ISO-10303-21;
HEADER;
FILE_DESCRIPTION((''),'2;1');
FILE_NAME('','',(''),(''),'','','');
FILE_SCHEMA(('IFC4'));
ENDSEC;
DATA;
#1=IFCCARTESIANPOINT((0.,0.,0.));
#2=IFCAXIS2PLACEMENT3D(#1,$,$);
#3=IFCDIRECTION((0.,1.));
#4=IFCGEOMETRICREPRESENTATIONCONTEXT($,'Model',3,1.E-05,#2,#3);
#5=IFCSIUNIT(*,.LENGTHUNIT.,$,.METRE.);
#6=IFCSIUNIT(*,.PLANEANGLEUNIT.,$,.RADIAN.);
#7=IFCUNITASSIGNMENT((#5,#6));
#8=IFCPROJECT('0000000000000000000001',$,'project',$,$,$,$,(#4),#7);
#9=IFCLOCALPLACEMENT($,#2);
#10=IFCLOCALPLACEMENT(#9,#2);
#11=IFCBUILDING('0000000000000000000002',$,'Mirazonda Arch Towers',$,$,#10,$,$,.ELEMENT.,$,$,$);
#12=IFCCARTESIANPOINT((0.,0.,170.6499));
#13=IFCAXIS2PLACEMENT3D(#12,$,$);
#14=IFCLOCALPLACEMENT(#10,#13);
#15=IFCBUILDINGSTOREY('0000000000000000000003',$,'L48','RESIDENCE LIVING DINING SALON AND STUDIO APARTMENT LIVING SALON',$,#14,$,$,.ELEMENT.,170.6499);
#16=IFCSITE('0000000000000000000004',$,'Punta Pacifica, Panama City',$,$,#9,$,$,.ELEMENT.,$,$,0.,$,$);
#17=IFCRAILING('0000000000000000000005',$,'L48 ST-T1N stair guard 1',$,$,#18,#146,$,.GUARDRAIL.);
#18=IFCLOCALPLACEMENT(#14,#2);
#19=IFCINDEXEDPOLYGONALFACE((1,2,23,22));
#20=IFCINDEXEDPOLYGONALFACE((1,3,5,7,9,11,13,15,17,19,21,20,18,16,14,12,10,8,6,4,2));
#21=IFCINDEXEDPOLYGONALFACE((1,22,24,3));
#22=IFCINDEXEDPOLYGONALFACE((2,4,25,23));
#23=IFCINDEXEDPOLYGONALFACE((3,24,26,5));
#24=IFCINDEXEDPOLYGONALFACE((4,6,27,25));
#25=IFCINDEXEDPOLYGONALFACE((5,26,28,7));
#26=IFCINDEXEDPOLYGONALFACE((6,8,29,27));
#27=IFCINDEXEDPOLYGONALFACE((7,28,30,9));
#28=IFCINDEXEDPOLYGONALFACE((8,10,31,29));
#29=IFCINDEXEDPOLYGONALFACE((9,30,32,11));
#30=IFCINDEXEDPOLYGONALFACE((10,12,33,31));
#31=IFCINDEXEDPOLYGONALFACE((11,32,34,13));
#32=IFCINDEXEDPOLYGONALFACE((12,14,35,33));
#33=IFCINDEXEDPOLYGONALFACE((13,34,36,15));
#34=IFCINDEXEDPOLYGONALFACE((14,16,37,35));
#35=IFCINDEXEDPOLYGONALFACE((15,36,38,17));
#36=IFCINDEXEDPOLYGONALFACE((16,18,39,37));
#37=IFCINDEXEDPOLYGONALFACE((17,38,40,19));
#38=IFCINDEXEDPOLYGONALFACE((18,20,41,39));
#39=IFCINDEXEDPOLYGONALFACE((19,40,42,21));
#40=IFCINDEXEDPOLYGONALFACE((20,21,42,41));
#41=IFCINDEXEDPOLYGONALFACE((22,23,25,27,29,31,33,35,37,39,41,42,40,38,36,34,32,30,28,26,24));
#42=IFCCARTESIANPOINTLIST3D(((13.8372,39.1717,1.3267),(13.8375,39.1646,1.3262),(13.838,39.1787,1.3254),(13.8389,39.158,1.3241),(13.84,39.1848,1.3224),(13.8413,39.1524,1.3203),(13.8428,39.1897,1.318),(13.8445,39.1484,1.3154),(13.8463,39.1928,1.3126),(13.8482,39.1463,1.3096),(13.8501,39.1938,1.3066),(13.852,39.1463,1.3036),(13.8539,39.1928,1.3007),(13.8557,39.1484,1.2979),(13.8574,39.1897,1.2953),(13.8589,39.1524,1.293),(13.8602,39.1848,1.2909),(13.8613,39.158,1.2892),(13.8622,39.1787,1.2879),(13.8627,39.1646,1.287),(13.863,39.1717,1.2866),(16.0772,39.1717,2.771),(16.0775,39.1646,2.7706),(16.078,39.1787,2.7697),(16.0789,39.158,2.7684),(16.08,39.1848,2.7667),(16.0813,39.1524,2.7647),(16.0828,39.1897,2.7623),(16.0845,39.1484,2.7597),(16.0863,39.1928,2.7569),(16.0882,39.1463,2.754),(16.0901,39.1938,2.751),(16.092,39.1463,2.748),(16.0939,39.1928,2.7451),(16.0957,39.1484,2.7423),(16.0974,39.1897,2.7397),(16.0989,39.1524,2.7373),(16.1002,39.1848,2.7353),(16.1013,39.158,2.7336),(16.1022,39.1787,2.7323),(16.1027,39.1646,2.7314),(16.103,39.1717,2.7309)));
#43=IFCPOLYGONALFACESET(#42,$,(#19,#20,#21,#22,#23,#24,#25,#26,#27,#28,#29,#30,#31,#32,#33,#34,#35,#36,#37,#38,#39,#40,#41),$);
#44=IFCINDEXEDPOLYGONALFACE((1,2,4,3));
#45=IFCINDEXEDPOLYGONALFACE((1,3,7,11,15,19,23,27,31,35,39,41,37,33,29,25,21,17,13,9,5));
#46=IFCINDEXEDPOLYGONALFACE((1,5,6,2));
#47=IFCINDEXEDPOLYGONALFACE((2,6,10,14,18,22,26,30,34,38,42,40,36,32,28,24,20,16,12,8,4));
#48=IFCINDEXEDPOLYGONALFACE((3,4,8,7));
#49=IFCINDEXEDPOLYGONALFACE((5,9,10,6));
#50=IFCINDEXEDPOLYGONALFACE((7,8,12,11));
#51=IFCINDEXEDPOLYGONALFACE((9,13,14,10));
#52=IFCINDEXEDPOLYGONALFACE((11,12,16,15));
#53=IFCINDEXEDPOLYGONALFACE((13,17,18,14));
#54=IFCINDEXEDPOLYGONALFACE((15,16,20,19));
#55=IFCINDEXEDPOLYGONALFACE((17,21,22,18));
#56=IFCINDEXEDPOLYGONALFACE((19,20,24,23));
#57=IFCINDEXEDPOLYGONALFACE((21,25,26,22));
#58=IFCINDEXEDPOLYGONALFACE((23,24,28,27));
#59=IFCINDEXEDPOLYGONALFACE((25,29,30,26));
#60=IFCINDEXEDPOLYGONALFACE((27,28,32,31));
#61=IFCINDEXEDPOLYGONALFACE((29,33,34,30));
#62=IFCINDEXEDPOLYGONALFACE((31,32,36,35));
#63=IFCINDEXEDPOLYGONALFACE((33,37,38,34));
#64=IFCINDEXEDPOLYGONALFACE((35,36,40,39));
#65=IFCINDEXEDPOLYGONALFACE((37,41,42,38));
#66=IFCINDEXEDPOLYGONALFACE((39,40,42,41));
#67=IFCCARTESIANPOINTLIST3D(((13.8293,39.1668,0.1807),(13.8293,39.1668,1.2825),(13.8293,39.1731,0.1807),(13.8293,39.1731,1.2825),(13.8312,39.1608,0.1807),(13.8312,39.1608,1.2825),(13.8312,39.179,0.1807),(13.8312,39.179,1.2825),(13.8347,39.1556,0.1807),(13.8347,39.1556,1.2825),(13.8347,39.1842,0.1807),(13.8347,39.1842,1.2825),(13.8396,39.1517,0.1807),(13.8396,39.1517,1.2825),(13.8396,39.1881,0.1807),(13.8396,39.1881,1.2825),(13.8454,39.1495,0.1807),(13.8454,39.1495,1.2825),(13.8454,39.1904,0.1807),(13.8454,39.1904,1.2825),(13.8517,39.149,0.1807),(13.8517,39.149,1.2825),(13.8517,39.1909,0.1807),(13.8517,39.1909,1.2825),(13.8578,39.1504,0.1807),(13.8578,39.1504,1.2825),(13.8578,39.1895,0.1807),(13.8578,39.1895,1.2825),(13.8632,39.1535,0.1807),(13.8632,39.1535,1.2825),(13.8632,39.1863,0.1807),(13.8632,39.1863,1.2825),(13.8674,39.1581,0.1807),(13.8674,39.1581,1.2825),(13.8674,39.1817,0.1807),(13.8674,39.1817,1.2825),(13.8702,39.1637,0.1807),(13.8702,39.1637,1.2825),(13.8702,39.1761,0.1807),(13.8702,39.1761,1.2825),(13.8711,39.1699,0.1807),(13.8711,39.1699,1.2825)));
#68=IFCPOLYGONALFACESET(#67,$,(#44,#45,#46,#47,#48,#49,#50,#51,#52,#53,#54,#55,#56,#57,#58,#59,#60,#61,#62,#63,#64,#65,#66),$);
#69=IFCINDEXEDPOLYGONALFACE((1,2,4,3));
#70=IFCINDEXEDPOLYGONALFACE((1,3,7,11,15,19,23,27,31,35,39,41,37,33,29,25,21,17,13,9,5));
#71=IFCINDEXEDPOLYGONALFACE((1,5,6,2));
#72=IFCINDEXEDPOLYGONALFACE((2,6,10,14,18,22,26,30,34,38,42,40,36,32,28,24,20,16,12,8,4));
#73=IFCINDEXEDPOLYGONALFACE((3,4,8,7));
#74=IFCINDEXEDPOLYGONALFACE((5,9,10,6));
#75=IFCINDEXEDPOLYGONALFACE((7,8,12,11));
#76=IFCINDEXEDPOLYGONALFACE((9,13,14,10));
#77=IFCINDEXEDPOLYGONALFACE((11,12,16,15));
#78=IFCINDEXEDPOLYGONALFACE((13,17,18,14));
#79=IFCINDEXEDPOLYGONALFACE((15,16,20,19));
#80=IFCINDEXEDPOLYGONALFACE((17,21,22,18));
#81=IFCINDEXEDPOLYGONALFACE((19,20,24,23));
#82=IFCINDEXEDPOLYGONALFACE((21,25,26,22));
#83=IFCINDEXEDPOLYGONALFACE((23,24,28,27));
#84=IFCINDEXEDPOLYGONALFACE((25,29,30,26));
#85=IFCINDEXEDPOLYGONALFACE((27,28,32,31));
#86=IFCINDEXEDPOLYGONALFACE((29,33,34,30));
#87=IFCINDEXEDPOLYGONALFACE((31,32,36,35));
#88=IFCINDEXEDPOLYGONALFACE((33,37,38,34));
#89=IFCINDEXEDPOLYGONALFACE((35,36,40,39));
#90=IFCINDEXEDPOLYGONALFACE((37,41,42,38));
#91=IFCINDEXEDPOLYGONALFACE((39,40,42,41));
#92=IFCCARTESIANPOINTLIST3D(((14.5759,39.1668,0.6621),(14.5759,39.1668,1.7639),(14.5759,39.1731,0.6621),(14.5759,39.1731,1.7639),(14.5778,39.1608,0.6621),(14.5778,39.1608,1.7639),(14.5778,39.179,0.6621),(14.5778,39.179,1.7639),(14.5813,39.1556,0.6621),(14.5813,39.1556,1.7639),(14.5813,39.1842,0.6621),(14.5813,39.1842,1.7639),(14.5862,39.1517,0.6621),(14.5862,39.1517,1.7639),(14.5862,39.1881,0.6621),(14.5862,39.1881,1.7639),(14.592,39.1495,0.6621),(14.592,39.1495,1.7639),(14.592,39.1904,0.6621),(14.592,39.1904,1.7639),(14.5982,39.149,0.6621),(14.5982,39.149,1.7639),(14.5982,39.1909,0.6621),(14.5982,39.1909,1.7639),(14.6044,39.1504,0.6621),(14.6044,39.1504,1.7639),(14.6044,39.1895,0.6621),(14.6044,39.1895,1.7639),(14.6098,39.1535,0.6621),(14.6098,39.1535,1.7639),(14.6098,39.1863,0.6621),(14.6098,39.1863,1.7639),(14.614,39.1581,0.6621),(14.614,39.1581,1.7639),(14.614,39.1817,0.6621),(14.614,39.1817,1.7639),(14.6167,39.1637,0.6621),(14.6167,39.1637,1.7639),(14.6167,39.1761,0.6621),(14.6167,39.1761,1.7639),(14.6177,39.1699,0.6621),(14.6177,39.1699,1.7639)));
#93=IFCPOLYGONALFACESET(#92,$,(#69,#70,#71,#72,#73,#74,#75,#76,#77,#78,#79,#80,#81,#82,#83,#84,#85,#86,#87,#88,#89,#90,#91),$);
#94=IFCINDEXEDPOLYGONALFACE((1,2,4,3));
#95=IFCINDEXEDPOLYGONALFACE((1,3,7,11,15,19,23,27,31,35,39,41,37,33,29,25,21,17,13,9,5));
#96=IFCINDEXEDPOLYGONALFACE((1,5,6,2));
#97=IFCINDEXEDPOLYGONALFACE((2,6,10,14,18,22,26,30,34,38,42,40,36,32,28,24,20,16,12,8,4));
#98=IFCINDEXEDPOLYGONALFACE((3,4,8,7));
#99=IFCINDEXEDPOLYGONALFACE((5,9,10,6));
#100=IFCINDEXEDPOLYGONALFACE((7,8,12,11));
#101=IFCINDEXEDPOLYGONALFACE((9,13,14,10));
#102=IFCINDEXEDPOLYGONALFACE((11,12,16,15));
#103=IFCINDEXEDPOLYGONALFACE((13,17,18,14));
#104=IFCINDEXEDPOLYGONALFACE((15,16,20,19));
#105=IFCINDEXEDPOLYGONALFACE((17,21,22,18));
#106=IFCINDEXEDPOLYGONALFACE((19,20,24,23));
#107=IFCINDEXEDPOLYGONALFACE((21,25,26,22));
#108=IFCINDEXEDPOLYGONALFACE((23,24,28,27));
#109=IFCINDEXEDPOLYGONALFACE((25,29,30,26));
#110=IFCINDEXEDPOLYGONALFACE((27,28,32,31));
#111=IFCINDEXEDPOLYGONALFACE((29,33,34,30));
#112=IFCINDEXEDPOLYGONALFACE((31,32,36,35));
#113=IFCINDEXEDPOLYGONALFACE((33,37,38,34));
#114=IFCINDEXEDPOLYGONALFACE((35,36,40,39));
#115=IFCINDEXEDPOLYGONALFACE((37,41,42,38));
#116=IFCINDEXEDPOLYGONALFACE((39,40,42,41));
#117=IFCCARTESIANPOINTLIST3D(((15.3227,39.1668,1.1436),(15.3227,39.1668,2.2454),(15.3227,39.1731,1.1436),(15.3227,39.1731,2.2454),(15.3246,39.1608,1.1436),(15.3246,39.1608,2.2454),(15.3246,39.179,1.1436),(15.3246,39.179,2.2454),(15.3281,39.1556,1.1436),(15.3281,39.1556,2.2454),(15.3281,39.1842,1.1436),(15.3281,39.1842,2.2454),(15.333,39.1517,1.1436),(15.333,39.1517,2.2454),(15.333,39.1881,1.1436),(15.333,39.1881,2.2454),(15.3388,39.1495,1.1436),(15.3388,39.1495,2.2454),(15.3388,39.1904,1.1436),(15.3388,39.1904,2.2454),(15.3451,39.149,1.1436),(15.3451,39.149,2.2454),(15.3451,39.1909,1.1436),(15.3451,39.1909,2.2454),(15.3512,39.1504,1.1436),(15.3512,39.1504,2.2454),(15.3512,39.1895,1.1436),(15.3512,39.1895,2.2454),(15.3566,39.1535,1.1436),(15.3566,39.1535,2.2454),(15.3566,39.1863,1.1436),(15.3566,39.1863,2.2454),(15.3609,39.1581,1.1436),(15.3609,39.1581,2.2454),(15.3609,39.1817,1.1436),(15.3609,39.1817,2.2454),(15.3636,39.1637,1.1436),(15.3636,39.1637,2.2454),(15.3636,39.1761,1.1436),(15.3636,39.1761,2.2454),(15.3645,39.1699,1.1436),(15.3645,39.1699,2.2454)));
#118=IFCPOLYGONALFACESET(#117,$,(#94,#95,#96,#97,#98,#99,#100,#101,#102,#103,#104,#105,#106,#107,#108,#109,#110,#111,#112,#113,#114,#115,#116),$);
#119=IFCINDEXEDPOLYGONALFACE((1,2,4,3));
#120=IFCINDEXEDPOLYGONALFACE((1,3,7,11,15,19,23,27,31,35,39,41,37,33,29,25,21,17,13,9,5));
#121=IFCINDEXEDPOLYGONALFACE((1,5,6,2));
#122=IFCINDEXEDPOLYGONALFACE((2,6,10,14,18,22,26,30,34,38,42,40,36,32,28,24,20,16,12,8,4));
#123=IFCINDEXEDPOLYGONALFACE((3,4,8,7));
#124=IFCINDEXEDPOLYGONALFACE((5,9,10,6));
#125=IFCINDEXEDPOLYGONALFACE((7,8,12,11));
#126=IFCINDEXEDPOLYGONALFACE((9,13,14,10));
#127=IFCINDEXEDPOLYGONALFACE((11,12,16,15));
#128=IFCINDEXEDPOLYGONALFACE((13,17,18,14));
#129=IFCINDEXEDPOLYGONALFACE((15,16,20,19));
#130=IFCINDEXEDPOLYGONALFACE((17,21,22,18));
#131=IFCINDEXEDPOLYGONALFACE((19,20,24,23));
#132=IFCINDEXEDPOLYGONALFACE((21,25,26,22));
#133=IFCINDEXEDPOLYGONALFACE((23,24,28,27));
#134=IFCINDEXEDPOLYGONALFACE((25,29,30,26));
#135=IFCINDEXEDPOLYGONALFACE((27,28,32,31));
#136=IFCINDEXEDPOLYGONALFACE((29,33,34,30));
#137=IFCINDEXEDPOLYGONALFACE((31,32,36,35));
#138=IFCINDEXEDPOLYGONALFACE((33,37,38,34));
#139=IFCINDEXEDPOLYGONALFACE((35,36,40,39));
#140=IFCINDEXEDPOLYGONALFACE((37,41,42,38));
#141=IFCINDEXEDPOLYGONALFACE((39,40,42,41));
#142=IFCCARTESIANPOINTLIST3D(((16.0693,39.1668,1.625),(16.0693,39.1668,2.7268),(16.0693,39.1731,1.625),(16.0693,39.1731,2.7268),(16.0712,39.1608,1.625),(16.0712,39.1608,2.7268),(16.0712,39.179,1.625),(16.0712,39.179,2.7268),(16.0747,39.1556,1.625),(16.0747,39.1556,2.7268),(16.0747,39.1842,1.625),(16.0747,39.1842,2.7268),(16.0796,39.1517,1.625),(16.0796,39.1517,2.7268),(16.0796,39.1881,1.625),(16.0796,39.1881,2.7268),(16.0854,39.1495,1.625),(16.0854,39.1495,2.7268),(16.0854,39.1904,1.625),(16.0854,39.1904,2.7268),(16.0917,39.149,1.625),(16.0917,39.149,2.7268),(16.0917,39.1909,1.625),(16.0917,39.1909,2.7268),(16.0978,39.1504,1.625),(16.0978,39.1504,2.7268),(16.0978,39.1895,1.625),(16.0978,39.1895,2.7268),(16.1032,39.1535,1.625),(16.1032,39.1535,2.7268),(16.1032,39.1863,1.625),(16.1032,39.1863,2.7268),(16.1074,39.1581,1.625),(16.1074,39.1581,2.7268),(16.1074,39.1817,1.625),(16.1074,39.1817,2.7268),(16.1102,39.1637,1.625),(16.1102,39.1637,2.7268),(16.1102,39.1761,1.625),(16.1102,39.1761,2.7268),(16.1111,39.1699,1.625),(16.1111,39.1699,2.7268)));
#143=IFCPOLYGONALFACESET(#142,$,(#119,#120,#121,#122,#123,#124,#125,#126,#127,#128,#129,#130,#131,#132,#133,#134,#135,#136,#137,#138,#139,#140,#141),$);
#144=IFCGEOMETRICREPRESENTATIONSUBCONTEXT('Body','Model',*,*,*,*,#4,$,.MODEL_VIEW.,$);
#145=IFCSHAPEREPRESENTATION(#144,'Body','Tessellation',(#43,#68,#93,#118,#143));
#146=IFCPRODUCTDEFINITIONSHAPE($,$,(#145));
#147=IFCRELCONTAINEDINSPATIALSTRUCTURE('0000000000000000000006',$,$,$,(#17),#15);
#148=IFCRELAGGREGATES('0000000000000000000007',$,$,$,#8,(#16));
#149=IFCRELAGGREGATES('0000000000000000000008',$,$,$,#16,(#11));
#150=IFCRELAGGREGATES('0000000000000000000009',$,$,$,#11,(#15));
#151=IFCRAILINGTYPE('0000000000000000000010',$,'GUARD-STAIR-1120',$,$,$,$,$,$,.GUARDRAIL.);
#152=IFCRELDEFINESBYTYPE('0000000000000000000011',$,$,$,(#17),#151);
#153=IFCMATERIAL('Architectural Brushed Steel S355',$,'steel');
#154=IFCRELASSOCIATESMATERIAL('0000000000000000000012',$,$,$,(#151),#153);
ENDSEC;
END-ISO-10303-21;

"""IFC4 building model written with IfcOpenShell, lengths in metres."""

from ifc_helpers import new_model, si_unit, direction, frame, origin, origin_2d, place, context, subcontext, project, spatial, circle, extrude, material, type_object, element, save


model = new_model("IFC4")

# Units and contexts
model_context = context("Model", 3, precision=1e-05, world=origin(), true_north=direction((0.0, 1.0)))
body_context = subcontext(model_context, "Body", "Model", "MODEL_VIEW")
ifc_project = project(units=[si_unit("LENGTHUNIT", "METRE"), si_unit("PLANEANGLEUNIT", "RADIAN")], contexts=[model_context])

# Site, building, storey
site_placement = place(None, origin())
site = spatial("IfcSite", under=ifc_project, at=site_placement, Name="Punta Pacifica, Panama City", CompositionType="ELEMENT", RefElevation=0.0)
building_placement = place(site_placement, origin())
building = spatial("IfcBuilding", under=site, at=building_placement, Name="Mirazonda Arch Towers", CompositionType="ELEMENT")
storey_placement = place(building_placement, frame((0.0, 0.0, 170.6499)))
storey = spatial("IfcBuildingStorey", under=building, at=storey_placement, Name="L48", Description="RESIDENCE LIVING DINING SALON AND STUDIO APARTMENT LIVING SALON", CompositionType="ELEMENT", Elevation=170.6499)

# Shared definitions
ifc_material_1 = material(Name="Architectural Brushed Steel S355", Category="steel")

# Railing
railing_type_1 = type_object("IfcRailingType", Name="GUARD-STAIR-1120", PredefinedType="GUARDRAIL", material=ifc_material_1)
railing_1_placement = place(storey_placement, frame((13.8501, 39.1699, 0.1807)))
element("IfcRailing", 1, at=railing_1_placement, inside=storey, type_object=railing_type_1, Name="L48 ST-T1N stair guard 1", PredefinedType="GUARDRAIL", context=body_context, shape_type="SweptSolid", body=[
    extrude(circle(Radius=0.0239, at=origin_2d()), frame((0.0, 0.0, 1.126), z_axis=(0.840437, 0.0, 0.54191), x_axis=(0.0, 1.0, 0.0)), (0.0, 0.0, 1.0), 2.6653),
    extrude(circle(Radius=0.021, at=origin_2d()), origin(), (0.0, 0.0, 1.0), 1.1018),
    extrude(circle(Radius=0.021, at=origin_2d()), frame((0.7466, 0.0, 0.4814)), (0.0, 0.0, 1.0), 1.1018),
    extrude(circle(Radius=0.021, at=origin_2d()), frame((1.4934, 0.0, 0.9629)), (0.0, 0.0, 1.0), 1.1018),
    extrude(circle(Radius=0.021, at=origin_2d()), frame((2.24, 0.0, 1.4443)), (0.0, 0.0, 1.0), 1.1018),
])

save(model, "model.ifc")
